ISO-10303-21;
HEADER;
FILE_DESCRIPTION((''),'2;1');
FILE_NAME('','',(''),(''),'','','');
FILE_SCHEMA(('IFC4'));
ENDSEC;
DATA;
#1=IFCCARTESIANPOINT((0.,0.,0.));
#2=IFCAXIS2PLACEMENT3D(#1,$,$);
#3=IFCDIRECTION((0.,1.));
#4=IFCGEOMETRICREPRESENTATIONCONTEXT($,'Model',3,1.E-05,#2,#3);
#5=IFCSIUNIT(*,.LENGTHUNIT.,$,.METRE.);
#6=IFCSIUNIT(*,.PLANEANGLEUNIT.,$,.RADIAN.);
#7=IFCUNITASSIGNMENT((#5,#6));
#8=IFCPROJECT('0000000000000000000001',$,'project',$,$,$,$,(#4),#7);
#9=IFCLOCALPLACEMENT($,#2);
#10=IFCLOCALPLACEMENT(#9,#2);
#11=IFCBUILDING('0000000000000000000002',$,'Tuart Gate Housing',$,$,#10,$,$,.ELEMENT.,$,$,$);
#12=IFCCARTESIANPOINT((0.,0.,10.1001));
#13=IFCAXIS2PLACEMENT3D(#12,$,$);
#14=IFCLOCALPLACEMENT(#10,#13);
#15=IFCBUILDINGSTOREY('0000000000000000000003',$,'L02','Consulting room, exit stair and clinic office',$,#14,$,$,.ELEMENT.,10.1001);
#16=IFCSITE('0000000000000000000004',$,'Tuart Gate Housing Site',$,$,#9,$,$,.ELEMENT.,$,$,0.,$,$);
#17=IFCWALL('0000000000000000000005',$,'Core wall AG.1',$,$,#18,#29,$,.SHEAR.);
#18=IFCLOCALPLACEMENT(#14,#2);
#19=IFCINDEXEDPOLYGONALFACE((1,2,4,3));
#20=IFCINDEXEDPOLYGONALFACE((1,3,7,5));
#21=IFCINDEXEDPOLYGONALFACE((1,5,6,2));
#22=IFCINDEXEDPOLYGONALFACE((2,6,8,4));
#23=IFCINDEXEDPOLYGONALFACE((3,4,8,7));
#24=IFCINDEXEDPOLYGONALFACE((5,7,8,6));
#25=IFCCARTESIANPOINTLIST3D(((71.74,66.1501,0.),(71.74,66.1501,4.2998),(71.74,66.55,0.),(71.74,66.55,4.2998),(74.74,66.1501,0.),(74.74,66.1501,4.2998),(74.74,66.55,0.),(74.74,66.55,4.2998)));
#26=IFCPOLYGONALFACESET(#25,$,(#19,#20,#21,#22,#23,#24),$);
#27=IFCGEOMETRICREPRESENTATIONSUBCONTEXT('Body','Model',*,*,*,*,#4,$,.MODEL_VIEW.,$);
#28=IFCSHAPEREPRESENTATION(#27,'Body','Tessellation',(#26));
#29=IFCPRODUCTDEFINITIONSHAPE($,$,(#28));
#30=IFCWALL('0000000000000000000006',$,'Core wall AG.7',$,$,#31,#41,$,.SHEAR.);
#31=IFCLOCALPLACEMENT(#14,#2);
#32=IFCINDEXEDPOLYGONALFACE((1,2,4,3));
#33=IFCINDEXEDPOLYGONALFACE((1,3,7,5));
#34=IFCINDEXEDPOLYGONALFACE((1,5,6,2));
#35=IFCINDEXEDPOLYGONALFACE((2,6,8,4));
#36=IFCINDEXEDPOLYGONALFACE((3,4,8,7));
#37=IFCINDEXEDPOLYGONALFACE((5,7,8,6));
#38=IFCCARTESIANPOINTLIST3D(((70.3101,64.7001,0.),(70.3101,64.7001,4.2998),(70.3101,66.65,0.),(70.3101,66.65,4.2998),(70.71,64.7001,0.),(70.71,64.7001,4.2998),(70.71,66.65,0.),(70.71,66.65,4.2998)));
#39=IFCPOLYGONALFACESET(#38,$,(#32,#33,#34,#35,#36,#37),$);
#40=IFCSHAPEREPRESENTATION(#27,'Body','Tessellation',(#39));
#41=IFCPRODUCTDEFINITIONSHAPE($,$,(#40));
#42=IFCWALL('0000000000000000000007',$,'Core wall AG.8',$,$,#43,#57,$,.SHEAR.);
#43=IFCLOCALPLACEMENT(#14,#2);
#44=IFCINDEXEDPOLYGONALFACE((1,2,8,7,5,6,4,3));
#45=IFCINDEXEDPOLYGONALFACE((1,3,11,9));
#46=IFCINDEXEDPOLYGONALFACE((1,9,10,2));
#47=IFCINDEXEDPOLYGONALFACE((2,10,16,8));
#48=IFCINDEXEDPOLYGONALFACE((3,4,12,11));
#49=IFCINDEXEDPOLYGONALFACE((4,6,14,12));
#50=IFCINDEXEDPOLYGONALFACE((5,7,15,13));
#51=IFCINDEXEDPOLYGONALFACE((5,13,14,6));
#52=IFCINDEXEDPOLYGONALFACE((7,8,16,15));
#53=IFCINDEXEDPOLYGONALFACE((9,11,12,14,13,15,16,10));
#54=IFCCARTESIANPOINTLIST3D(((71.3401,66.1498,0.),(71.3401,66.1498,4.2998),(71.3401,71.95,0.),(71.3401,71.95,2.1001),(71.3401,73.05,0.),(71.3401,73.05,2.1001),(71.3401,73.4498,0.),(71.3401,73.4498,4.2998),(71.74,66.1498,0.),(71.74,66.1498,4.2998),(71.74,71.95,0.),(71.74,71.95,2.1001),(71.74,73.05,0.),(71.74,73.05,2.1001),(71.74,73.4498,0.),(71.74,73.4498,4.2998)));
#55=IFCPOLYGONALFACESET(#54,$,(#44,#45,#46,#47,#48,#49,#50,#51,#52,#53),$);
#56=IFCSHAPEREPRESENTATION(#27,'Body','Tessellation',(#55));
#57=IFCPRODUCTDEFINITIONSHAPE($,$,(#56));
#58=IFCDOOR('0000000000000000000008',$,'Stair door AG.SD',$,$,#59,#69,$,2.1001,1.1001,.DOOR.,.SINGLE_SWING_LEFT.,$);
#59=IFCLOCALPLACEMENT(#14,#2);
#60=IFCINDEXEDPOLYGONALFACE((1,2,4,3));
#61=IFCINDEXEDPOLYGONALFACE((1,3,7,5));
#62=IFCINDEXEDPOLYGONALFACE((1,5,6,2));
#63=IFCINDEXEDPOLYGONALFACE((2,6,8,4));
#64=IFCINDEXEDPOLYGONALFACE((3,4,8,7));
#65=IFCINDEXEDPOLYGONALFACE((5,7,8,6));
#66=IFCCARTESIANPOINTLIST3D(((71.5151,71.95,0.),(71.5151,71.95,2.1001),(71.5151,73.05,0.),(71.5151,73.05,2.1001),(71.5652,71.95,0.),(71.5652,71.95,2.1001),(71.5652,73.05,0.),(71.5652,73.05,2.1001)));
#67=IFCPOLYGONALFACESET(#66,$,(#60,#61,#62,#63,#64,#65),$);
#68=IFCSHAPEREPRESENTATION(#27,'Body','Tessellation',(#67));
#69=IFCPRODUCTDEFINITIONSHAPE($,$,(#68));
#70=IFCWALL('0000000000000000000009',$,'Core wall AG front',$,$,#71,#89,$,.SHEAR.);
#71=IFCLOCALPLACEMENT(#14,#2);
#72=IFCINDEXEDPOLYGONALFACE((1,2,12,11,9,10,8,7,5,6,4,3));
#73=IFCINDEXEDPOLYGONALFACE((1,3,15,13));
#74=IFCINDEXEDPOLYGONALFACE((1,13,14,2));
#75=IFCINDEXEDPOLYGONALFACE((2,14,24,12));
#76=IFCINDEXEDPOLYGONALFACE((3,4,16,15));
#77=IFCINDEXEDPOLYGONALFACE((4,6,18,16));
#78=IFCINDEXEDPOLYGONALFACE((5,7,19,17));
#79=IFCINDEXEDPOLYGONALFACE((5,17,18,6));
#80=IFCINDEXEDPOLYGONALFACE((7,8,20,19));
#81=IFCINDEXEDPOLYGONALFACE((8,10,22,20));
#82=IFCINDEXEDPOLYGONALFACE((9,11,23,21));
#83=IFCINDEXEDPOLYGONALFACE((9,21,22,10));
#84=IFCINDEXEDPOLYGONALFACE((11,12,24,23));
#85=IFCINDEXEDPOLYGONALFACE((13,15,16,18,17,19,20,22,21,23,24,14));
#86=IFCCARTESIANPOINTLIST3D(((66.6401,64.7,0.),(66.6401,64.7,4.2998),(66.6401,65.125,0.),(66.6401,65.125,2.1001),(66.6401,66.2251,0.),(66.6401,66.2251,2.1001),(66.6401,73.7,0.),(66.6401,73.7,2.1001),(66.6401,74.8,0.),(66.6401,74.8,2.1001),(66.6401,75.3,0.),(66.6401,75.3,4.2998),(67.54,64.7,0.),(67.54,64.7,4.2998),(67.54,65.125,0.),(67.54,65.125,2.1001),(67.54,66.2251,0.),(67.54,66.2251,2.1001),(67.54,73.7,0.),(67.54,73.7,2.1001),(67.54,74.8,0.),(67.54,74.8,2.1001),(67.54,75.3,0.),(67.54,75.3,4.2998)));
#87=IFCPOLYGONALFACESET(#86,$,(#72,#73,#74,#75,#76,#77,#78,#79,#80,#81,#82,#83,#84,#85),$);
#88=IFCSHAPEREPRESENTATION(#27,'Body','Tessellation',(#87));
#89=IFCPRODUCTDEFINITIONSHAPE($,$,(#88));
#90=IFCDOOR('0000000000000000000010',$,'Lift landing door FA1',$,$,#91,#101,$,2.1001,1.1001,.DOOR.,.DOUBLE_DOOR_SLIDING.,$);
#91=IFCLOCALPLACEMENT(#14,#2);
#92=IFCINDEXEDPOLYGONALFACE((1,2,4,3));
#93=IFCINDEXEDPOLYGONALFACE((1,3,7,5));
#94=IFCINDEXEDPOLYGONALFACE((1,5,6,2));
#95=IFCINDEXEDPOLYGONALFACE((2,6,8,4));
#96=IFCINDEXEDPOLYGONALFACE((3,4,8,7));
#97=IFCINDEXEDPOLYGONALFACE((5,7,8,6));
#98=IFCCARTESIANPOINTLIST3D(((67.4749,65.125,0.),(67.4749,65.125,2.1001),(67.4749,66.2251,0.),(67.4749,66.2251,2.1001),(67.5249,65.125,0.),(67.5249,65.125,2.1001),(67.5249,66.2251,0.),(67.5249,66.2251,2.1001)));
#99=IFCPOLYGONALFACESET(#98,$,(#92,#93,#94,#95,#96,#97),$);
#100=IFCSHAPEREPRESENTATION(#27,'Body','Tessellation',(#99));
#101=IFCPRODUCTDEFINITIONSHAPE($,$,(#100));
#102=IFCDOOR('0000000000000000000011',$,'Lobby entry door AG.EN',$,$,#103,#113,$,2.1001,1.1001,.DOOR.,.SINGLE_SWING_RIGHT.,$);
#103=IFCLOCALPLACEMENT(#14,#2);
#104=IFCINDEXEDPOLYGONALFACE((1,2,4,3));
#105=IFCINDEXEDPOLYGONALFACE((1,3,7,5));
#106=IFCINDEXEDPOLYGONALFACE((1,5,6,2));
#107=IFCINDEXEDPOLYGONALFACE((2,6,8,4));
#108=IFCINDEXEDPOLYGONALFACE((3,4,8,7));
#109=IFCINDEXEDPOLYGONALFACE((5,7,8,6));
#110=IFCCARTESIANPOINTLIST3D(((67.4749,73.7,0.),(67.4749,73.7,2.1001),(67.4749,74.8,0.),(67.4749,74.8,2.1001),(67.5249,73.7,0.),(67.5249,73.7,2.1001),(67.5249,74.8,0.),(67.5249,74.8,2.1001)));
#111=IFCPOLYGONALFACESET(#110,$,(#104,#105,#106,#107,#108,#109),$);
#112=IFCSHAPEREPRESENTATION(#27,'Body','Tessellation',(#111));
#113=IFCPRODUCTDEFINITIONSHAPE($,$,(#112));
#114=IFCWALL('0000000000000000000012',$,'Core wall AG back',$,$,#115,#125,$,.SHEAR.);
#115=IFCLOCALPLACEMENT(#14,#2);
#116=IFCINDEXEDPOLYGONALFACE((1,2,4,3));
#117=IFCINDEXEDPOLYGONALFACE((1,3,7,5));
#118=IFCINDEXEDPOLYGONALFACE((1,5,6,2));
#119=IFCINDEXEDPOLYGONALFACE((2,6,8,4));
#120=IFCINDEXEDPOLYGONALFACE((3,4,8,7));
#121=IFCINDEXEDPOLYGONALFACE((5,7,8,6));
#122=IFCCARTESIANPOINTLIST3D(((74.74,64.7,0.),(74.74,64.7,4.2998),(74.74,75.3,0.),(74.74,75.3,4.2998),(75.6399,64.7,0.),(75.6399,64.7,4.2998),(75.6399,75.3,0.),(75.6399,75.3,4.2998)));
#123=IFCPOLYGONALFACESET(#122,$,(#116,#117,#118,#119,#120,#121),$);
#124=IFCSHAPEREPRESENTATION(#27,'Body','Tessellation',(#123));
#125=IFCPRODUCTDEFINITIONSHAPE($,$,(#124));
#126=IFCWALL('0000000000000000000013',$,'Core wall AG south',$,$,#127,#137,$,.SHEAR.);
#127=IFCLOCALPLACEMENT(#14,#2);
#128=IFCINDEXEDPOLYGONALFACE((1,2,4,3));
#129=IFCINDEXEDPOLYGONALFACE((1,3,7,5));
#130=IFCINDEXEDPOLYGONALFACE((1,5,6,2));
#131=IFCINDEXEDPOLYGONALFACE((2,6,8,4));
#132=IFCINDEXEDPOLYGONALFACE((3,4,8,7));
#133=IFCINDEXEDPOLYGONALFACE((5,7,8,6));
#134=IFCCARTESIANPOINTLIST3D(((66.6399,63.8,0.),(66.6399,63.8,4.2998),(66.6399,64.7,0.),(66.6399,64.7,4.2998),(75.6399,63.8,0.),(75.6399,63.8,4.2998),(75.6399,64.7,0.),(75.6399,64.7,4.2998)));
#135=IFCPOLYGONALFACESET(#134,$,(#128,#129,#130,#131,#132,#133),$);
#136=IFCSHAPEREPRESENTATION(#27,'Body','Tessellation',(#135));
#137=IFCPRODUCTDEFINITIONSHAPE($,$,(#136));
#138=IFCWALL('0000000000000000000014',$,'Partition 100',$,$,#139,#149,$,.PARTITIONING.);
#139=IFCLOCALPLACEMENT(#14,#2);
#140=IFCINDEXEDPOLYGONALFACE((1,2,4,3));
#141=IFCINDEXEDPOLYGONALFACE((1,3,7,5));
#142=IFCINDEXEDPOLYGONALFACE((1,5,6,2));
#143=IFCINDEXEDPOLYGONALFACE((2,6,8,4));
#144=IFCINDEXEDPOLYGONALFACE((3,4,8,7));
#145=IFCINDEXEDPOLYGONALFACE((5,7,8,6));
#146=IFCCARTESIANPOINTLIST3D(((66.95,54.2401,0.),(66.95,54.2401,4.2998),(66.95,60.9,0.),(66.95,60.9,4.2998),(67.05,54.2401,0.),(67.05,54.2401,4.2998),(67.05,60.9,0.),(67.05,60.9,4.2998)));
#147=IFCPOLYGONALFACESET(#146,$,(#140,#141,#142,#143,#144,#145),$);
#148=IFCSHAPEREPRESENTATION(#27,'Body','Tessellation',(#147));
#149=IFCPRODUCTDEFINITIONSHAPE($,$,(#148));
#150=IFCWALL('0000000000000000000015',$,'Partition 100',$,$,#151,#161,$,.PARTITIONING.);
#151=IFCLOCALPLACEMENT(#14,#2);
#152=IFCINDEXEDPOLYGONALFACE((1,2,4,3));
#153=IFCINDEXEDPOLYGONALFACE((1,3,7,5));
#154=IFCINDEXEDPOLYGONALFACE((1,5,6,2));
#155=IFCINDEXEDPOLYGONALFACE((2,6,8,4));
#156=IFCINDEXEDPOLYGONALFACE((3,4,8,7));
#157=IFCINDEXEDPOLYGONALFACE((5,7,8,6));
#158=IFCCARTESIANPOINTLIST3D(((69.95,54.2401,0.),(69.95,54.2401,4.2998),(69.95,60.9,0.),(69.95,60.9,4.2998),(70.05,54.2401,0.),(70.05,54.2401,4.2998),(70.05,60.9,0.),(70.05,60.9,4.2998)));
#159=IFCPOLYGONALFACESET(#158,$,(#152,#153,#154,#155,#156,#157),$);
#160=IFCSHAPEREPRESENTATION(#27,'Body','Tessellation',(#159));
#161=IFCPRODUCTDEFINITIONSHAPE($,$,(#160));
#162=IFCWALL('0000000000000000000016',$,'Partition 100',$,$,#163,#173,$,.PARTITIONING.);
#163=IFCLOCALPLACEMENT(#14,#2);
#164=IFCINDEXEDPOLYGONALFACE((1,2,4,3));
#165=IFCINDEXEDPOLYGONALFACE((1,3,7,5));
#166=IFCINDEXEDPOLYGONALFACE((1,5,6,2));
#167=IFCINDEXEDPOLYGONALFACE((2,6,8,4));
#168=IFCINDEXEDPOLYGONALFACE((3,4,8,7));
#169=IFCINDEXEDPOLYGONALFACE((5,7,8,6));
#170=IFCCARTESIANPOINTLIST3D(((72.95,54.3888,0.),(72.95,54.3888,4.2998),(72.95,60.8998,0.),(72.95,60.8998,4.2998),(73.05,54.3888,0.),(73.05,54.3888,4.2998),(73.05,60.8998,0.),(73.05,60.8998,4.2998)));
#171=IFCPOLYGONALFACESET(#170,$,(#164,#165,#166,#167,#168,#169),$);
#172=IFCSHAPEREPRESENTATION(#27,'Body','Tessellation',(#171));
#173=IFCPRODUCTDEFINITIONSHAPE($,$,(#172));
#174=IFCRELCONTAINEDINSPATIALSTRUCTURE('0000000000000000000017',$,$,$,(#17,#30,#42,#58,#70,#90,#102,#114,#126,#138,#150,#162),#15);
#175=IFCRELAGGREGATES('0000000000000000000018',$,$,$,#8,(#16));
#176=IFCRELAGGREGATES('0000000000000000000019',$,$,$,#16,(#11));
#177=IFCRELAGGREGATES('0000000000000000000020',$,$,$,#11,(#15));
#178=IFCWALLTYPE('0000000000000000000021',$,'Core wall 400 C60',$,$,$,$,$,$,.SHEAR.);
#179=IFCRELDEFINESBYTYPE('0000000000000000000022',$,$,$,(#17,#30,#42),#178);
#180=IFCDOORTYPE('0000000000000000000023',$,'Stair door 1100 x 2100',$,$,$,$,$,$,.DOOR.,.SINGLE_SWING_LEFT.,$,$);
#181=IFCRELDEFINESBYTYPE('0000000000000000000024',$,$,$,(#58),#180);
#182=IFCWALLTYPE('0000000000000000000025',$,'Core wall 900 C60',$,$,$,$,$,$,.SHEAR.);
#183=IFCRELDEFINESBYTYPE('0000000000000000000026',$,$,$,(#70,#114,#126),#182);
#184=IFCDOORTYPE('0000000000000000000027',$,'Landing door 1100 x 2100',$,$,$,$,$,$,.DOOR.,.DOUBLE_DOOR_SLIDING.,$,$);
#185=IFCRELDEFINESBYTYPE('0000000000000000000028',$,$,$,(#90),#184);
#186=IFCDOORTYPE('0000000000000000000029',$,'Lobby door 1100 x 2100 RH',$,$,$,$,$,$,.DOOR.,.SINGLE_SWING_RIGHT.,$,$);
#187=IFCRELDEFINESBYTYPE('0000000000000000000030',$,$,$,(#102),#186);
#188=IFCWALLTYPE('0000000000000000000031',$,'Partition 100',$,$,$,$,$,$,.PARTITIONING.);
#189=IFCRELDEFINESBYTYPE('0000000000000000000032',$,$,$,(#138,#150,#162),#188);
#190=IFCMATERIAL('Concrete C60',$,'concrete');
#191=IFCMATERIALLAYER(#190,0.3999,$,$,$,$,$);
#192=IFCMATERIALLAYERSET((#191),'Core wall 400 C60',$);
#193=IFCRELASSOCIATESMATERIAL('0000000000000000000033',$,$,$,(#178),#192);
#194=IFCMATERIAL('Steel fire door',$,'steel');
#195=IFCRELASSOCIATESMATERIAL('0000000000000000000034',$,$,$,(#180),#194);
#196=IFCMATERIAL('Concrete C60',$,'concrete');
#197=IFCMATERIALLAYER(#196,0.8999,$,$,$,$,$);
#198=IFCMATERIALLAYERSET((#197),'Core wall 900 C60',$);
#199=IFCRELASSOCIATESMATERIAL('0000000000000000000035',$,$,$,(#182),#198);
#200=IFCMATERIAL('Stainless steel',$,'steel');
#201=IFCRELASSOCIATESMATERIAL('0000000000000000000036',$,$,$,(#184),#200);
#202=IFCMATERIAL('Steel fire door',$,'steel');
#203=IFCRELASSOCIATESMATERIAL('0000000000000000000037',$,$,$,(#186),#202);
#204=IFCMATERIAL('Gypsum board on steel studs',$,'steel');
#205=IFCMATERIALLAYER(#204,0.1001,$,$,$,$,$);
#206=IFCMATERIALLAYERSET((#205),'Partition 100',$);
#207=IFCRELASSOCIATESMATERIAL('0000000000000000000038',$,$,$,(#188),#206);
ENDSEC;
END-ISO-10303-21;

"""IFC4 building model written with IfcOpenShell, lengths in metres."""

from ifc_helpers import new_model, si_unit, direction, frame, frame_2d, origin, place, context, subcontext, project, spatial, rectangle, extrude, material, layer, layer_set, type_object, element, fill, save


model = new_model("IFC4")

# Units and contexts
model_context = context("Model", 3, precision=1e-05, world=origin(), true_north=direction((0.0, 1.0)))
body_context = subcontext(model_context, "Body", "Model", "MODEL_VIEW")
ifc_project = project(units=[si_unit("LENGTHUNIT", "METRE"), si_unit("PLANEANGLEUNIT", "RADIAN")], contexts=[model_context])

# Site, building, storey
site_placement = place(None, origin())
site = spatial("IfcSite", under=ifc_project, at=site_placement, Name="Tuart Gate Housing Site", CompositionType="ELEMENT", RefElevation=0.0)
building_placement = place(site_placement, origin())
building = spatial("IfcBuilding", under=site, at=building_placement, Name="Tuart Gate Housing", CompositionType="ELEMENT")
storey_placement = place(building_placement, frame((0.0, 0.0, 10.1001)))
storey = spatial("IfcBuildingStorey", under=building, at=storey_placement, Name="L02", Description="Consulting room, exit stair and clinic office", CompositionType="ELEMENT", Elevation=10.1001)

# Walls
ifc_material_1 = material(Name="Concrete C60", Category="concrete")
ifc_layer_1 = layer(ifc_material_1, 0.3999)
ifc_layer_set_1 = layer_set([ifc_layer_1], Name="Core wall 400 C60")
wall_type_1 = type_object("IfcWallType", Name="Core wall 400 C60", PredefinedType="SHEAR", material=ifc_layer_set_1)
wall_1_placement = place(storey_placement, frame((71.74, 66.3501, 0.0), z_axis=(0.0, 0.0, 1.0), x_axis=(1.0, 0.0, 0.0)))
element("IfcWall", 1, at=wall_1_placement, inside=storey, type_object=wall_type_1, Name="Core wall AG.1", PredefinedType="SHEAR", context=body_context, shape_type="SweptSolid", body=[
    extrude(rectangle(XDim=3.0, YDim=0.3999, at=frame_2d((1.5, 0.0))), origin(), (0.0, 0.0, 1.0), 4.2998),
])
wall_2_placement = place(storey_placement, frame((70.51, 64.7, 0.0), z_axis=(0.0, 0.0, 1.0), x_axis=(0.0, 1.0, 0.0)))
element("IfcWall", 2, at=wall_2_placement, inside=storey, type_object=wall_type_1, Name="Core wall AG.7", PredefinedType="SHEAR", context=body_context, shape_type="SweptSolid", body=[
    extrude(rectangle(XDim=1.95, YDim=0.3999, at=frame_2d((0.9751, 0.0))), origin(), (0.0, 0.0, 1.0), 4.2998),
])

# Wall, opening, door
wall_3_placement = place(storey_placement, frame((71.54, 66.1499, 0.0), z_axis=(0.0, 0.0, 1.0), x_axis=(0.0, 1.0, 0.0)))
wall_3 = element("IfcWall", 3, at=wall_3_placement, inside=storey, type_object=wall_type_1, Name="Core wall AG.8", PredefinedType="SHEAR", context=body_context, shape_type="SweptSolid", body=[
    extrude(rectangle(XDim=7.3, YDim=0.3999, at=frame_2d((3.6499, 0.0))), origin(), (0.0, 0.0, 1.0), 4.2998),
])
opening_1_placement = place(wall_3_placement, frame((5.8, 0.0, 0.0)))
opening_1 = element("IfcOpeningElement", 4, at=opening_1_placement, cuts=wall_3, PredefinedType="OPENING", context=body_context, shape_type="SweptSolid", body=[
    extrude(rectangle(XDim=1.1001, YDim=2.1001, at=frame_2d((0.55, 1.05))), frame((0.0, 0.21, 0.0), z_axis=(0.0, -1.0, 0.0), x_axis=(1.0, 0.0, 0.0)), (0.0, 0.0, 1.0), 0.4199),
])
ifc_material_2 = material(Name="Steel fire door", Category="steel")
door_type_1 = type_object("IfcDoorType", Name="Stair door 1100 x 2100", OperationType="SINGLE_SWING_LEFT", PredefinedType="DOOR", material=ifc_material_2)
door_1_placement = place(opening_1_placement, frame((1.1001, 0.0, 0.0), z_axis=(0.0, 0.0, 1.0), x_axis=(-1.0, 0.0, 0.0)))
door_1 = element("IfcDoor", 5, at=door_1_placement, inside=storey, type_object=door_type_1, Name="Stair door AG.SD", OperationType="SINGLE_SWING_LEFT", OverallHeight=2.1001, OverallWidth=1.1001, PredefinedType="DOOR", context=body_context, shape_type="SweptSolid", body=[
    extrude(rectangle(XDim=1.1001, YDim=2.1001, at=frame_2d((0.55, 1.05))), frame((0.0, 0.0251, 0.0), z_axis=(0.0, -1.0, 0.0), x_axis=(1.0, 0.0, 0.0)), (0.0, 0.0, 1.0), 0.05),
])
fill(opening_1, door_1)

# Wall, openings, doors
ifc_material_3 = material(Name="Concrete C60", Category="concrete")
ifc_layer_2 = layer(ifc_material_3, 0.8999)
ifc_layer_set_2 = layer_set([ifc_layer_2], Name="Core wall 900 C60")
wall_type_2 = type_object("IfcWallType", Name="Core wall 900 C60", PredefinedType="SHEAR", material=ifc_layer_set_2)
wall_4_placement = place(storey_placement, frame((67.0901, 64.7, 0.0), z_axis=(0.0, 0.0, 1.0), x_axis=(0.0, 1.0, 0.0)))
wall_4 = element("IfcWall", 6, at=wall_4_placement, inside=storey, type_object=wall_type_2, Name="Core wall AG front", PredefinedType="SHEAR", context=body_context, shape_type="SweptSolid", body=[
    extrude(rectangle(XDim=10.6001, YDim=0.8999, at=frame_2d((5.3, 0.0))), origin(), (0.0, 0.0, 1.0), 4.2998),
])
opening_2_placement = place(wall_4_placement, frame((0.425, 0.0, 0.0)))
opening_2 = element("IfcOpeningElement", 7, at=opening_2_placement, cuts=wall_4, PredefinedType="OPENING", context=body_context, shape_type="SweptSolid", body=[
    extrude(rectangle(XDim=1.1001, YDim=2.1001, at=frame_2d((0.55, 1.05))), frame((0.0, 0.46, 0.0), z_axis=(0.0, -1.0, 0.0), x_axis=(1.0, 0.0, 0.0)), (0.0, 0.0, 1.0), 0.9199),
])
opening_3_placement = place(wall_4_placement, frame((9.0, 0.0, 0.0)))
opening_3 = element("IfcOpeningElement", 8, at=opening_3_placement, cuts=wall_4, PredefinedType="OPENING", context=body_context, shape_type="SweptSolid", body=[
    extrude(rectangle(XDim=1.1001, YDim=2.1001, at=frame_2d((0.55, 1.05))), frame((0.0, 0.46, 0.0), z_axis=(0.0, -1.0, 0.0), x_axis=(1.0, 0.0, 0.0)), (0.0, 0.0, 1.0), 0.9199),
])
ifc_material_4 = material(Name="Stainless steel", Category="steel")
door_type_2 = type_object("IfcDoorType", Name="Landing door 1100 x 2100", OperationType="DOUBLE_DOOR_SLIDING", PredefinedType="DOOR", material=ifc_material_4)
door_2_placement = place(opening_2_placement, origin())
door_2 = element("IfcDoor", 9, at=door_2_placement, inside=storey, type_object=door_type_2, Name="Lift landing door FA1", OperationType="DOUBLE_DOOR_SLIDING", OverallHeight=2.1001, OverallWidth=1.1001, PredefinedType="DOOR", context=body_context, shape_type="SweptSolid", body=[
    extrude(rectangle(XDim=1.1001, YDim=2.1001, at=frame_2d((0.55, 1.05))), frame((0.0, -0.3848, 0.0), z_axis=(0.0, -1.0, 0.0), x_axis=(1.0, 0.0, 0.0)), (0.0, 0.0, 1.0), 0.05),
])
fill(opening_2, door_2)
ifc_material_5 = material(Name="Steel fire door", Category="steel")
door_type_3 = type_object("IfcDoorType", Name="Lobby door 1100 x 2100 RH", OperationType="SINGLE_SWING_RIGHT", PredefinedType="DOOR", material=ifc_material_5)
door_3_placement = place(opening_3_placement, frame((1.1001, 0.0, 0.0), z_axis=(0.0, 0.0, 1.0), x_axis=(-1.0, 0.0, 0.0)))
door_3 = element("IfcDoor", 10, at=door_3_placement, inside=storey, type_object=door_type_3, Name="Lobby entry door AG.EN", OperationType="SINGLE_SWING_RIGHT", OverallHeight=2.1001, OverallWidth=1.1001, PredefinedType="DOOR", context=body_context, shape_type="SweptSolid", body=[
    extrude(rectangle(XDim=1.1001, YDim=2.1001, at=frame_2d((0.55, 1.05))), frame((0.0, 0.4348, 0.0), z_axis=(0.0, -1.0, 0.0), x_axis=(1.0, 0.0, 0.0)), (0.0, 0.0, 1.0), 0.05),
])
fill(opening_3, door_3)

# Walls
wall_5_placement = place(storey_placement, frame((75.1899, 64.7, 0.0), z_axis=(0.0, 0.0, 1.0), x_axis=(0.0, 1.0, 0.0)))
element("IfcWall", 11, at=wall_5_placement, inside=storey, type_object=wall_type_2, Name="Core wall AG back", PredefinedType="SHEAR", context=body_context, shape_type="SweptSolid", body=[
    extrude(rectangle(XDim=10.6001, YDim=0.8999, at=frame_2d((5.3, 0.0))), origin(), (0.0, 0.0, 1.0), 4.2998),
])
wall_6_placement = place(storey_placement, frame((66.6399, 64.25, 0.0), z_axis=(0.0, 0.0, 1.0), x_axis=(1.0, 0.0, 0.0)))
element("IfcWall", 12, at=wall_6_placement, inside=storey, type_object=wall_type_2, Name="Core wall AG south", PredefinedType="SHEAR", context=body_context, shape_type="SweptSolid", body=[
    extrude(rectangle(XDim=9.0, YDim=0.8999, at=frame_2d((4.5, 0.0))), origin(), (0.0, 0.0, 1.0), 4.2998),
])
ifc_material_6 = material(Name="Gypsum board on steel studs", Category="steel")
ifc_layer_3 = layer(ifc_material_6, 0.1001)
ifc_layer_set_3 = layer_set([ifc_layer_3], Name="Partition 100")
wall_type_3 = type_object("IfcWallType", Name="Partition 100", PredefinedType="PARTITIONING", material=ifc_layer_set_3)
for number, where, z_axis, x_axis, name in (
    (13, (67.0, 54.24, 0.0), (0.0, 0.0, 1.0), (0.0, 1.0, 0.0), "Partition 100"),
    (14, (70.0, 54.24, 0.0), (0.0, 0.0, 1.0), (0.0, 1.0, 0.0), "Partition 100"),
):
    element("IfcWall", number, at=place(storey_placement, frame(where, z_axis=z_axis, x_axis=x_axis)), inside=storey, type_object=wall_type_3, Name=name, PredefinedType="PARTITIONING", context=body_context, shape_type="SweptSolid", body=[
        extrude(rectangle(XDim=6.6599, YDim=0.1001, at=frame_2d((3.3301, 0.0))), origin(), (0.0, 0.0, 1.0), 4.2998),
    ])
wall_7_placement = place(storey_placement, frame((73.0, 54.3889, 0.0), z_axis=(0.0, 0.0, 1.0), x_axis=(0.0, 1.0, 0.0)))
element("IfcWall", 15, at=wall_7_placement, inside=storey, type_object=wall_type_3, Name="Partition 100", PredefinedType="PARTITIONING", context=body_context, shape_type="SweptSolid", body=[
    extrude(rectangle(XDim=6.511, YDim=0.1001, at=frame_2d((3.2554, 0.0))), origin(), (0.0, 0.0, 1.0), 4.2998),
])

save(model, "model.ifc")
